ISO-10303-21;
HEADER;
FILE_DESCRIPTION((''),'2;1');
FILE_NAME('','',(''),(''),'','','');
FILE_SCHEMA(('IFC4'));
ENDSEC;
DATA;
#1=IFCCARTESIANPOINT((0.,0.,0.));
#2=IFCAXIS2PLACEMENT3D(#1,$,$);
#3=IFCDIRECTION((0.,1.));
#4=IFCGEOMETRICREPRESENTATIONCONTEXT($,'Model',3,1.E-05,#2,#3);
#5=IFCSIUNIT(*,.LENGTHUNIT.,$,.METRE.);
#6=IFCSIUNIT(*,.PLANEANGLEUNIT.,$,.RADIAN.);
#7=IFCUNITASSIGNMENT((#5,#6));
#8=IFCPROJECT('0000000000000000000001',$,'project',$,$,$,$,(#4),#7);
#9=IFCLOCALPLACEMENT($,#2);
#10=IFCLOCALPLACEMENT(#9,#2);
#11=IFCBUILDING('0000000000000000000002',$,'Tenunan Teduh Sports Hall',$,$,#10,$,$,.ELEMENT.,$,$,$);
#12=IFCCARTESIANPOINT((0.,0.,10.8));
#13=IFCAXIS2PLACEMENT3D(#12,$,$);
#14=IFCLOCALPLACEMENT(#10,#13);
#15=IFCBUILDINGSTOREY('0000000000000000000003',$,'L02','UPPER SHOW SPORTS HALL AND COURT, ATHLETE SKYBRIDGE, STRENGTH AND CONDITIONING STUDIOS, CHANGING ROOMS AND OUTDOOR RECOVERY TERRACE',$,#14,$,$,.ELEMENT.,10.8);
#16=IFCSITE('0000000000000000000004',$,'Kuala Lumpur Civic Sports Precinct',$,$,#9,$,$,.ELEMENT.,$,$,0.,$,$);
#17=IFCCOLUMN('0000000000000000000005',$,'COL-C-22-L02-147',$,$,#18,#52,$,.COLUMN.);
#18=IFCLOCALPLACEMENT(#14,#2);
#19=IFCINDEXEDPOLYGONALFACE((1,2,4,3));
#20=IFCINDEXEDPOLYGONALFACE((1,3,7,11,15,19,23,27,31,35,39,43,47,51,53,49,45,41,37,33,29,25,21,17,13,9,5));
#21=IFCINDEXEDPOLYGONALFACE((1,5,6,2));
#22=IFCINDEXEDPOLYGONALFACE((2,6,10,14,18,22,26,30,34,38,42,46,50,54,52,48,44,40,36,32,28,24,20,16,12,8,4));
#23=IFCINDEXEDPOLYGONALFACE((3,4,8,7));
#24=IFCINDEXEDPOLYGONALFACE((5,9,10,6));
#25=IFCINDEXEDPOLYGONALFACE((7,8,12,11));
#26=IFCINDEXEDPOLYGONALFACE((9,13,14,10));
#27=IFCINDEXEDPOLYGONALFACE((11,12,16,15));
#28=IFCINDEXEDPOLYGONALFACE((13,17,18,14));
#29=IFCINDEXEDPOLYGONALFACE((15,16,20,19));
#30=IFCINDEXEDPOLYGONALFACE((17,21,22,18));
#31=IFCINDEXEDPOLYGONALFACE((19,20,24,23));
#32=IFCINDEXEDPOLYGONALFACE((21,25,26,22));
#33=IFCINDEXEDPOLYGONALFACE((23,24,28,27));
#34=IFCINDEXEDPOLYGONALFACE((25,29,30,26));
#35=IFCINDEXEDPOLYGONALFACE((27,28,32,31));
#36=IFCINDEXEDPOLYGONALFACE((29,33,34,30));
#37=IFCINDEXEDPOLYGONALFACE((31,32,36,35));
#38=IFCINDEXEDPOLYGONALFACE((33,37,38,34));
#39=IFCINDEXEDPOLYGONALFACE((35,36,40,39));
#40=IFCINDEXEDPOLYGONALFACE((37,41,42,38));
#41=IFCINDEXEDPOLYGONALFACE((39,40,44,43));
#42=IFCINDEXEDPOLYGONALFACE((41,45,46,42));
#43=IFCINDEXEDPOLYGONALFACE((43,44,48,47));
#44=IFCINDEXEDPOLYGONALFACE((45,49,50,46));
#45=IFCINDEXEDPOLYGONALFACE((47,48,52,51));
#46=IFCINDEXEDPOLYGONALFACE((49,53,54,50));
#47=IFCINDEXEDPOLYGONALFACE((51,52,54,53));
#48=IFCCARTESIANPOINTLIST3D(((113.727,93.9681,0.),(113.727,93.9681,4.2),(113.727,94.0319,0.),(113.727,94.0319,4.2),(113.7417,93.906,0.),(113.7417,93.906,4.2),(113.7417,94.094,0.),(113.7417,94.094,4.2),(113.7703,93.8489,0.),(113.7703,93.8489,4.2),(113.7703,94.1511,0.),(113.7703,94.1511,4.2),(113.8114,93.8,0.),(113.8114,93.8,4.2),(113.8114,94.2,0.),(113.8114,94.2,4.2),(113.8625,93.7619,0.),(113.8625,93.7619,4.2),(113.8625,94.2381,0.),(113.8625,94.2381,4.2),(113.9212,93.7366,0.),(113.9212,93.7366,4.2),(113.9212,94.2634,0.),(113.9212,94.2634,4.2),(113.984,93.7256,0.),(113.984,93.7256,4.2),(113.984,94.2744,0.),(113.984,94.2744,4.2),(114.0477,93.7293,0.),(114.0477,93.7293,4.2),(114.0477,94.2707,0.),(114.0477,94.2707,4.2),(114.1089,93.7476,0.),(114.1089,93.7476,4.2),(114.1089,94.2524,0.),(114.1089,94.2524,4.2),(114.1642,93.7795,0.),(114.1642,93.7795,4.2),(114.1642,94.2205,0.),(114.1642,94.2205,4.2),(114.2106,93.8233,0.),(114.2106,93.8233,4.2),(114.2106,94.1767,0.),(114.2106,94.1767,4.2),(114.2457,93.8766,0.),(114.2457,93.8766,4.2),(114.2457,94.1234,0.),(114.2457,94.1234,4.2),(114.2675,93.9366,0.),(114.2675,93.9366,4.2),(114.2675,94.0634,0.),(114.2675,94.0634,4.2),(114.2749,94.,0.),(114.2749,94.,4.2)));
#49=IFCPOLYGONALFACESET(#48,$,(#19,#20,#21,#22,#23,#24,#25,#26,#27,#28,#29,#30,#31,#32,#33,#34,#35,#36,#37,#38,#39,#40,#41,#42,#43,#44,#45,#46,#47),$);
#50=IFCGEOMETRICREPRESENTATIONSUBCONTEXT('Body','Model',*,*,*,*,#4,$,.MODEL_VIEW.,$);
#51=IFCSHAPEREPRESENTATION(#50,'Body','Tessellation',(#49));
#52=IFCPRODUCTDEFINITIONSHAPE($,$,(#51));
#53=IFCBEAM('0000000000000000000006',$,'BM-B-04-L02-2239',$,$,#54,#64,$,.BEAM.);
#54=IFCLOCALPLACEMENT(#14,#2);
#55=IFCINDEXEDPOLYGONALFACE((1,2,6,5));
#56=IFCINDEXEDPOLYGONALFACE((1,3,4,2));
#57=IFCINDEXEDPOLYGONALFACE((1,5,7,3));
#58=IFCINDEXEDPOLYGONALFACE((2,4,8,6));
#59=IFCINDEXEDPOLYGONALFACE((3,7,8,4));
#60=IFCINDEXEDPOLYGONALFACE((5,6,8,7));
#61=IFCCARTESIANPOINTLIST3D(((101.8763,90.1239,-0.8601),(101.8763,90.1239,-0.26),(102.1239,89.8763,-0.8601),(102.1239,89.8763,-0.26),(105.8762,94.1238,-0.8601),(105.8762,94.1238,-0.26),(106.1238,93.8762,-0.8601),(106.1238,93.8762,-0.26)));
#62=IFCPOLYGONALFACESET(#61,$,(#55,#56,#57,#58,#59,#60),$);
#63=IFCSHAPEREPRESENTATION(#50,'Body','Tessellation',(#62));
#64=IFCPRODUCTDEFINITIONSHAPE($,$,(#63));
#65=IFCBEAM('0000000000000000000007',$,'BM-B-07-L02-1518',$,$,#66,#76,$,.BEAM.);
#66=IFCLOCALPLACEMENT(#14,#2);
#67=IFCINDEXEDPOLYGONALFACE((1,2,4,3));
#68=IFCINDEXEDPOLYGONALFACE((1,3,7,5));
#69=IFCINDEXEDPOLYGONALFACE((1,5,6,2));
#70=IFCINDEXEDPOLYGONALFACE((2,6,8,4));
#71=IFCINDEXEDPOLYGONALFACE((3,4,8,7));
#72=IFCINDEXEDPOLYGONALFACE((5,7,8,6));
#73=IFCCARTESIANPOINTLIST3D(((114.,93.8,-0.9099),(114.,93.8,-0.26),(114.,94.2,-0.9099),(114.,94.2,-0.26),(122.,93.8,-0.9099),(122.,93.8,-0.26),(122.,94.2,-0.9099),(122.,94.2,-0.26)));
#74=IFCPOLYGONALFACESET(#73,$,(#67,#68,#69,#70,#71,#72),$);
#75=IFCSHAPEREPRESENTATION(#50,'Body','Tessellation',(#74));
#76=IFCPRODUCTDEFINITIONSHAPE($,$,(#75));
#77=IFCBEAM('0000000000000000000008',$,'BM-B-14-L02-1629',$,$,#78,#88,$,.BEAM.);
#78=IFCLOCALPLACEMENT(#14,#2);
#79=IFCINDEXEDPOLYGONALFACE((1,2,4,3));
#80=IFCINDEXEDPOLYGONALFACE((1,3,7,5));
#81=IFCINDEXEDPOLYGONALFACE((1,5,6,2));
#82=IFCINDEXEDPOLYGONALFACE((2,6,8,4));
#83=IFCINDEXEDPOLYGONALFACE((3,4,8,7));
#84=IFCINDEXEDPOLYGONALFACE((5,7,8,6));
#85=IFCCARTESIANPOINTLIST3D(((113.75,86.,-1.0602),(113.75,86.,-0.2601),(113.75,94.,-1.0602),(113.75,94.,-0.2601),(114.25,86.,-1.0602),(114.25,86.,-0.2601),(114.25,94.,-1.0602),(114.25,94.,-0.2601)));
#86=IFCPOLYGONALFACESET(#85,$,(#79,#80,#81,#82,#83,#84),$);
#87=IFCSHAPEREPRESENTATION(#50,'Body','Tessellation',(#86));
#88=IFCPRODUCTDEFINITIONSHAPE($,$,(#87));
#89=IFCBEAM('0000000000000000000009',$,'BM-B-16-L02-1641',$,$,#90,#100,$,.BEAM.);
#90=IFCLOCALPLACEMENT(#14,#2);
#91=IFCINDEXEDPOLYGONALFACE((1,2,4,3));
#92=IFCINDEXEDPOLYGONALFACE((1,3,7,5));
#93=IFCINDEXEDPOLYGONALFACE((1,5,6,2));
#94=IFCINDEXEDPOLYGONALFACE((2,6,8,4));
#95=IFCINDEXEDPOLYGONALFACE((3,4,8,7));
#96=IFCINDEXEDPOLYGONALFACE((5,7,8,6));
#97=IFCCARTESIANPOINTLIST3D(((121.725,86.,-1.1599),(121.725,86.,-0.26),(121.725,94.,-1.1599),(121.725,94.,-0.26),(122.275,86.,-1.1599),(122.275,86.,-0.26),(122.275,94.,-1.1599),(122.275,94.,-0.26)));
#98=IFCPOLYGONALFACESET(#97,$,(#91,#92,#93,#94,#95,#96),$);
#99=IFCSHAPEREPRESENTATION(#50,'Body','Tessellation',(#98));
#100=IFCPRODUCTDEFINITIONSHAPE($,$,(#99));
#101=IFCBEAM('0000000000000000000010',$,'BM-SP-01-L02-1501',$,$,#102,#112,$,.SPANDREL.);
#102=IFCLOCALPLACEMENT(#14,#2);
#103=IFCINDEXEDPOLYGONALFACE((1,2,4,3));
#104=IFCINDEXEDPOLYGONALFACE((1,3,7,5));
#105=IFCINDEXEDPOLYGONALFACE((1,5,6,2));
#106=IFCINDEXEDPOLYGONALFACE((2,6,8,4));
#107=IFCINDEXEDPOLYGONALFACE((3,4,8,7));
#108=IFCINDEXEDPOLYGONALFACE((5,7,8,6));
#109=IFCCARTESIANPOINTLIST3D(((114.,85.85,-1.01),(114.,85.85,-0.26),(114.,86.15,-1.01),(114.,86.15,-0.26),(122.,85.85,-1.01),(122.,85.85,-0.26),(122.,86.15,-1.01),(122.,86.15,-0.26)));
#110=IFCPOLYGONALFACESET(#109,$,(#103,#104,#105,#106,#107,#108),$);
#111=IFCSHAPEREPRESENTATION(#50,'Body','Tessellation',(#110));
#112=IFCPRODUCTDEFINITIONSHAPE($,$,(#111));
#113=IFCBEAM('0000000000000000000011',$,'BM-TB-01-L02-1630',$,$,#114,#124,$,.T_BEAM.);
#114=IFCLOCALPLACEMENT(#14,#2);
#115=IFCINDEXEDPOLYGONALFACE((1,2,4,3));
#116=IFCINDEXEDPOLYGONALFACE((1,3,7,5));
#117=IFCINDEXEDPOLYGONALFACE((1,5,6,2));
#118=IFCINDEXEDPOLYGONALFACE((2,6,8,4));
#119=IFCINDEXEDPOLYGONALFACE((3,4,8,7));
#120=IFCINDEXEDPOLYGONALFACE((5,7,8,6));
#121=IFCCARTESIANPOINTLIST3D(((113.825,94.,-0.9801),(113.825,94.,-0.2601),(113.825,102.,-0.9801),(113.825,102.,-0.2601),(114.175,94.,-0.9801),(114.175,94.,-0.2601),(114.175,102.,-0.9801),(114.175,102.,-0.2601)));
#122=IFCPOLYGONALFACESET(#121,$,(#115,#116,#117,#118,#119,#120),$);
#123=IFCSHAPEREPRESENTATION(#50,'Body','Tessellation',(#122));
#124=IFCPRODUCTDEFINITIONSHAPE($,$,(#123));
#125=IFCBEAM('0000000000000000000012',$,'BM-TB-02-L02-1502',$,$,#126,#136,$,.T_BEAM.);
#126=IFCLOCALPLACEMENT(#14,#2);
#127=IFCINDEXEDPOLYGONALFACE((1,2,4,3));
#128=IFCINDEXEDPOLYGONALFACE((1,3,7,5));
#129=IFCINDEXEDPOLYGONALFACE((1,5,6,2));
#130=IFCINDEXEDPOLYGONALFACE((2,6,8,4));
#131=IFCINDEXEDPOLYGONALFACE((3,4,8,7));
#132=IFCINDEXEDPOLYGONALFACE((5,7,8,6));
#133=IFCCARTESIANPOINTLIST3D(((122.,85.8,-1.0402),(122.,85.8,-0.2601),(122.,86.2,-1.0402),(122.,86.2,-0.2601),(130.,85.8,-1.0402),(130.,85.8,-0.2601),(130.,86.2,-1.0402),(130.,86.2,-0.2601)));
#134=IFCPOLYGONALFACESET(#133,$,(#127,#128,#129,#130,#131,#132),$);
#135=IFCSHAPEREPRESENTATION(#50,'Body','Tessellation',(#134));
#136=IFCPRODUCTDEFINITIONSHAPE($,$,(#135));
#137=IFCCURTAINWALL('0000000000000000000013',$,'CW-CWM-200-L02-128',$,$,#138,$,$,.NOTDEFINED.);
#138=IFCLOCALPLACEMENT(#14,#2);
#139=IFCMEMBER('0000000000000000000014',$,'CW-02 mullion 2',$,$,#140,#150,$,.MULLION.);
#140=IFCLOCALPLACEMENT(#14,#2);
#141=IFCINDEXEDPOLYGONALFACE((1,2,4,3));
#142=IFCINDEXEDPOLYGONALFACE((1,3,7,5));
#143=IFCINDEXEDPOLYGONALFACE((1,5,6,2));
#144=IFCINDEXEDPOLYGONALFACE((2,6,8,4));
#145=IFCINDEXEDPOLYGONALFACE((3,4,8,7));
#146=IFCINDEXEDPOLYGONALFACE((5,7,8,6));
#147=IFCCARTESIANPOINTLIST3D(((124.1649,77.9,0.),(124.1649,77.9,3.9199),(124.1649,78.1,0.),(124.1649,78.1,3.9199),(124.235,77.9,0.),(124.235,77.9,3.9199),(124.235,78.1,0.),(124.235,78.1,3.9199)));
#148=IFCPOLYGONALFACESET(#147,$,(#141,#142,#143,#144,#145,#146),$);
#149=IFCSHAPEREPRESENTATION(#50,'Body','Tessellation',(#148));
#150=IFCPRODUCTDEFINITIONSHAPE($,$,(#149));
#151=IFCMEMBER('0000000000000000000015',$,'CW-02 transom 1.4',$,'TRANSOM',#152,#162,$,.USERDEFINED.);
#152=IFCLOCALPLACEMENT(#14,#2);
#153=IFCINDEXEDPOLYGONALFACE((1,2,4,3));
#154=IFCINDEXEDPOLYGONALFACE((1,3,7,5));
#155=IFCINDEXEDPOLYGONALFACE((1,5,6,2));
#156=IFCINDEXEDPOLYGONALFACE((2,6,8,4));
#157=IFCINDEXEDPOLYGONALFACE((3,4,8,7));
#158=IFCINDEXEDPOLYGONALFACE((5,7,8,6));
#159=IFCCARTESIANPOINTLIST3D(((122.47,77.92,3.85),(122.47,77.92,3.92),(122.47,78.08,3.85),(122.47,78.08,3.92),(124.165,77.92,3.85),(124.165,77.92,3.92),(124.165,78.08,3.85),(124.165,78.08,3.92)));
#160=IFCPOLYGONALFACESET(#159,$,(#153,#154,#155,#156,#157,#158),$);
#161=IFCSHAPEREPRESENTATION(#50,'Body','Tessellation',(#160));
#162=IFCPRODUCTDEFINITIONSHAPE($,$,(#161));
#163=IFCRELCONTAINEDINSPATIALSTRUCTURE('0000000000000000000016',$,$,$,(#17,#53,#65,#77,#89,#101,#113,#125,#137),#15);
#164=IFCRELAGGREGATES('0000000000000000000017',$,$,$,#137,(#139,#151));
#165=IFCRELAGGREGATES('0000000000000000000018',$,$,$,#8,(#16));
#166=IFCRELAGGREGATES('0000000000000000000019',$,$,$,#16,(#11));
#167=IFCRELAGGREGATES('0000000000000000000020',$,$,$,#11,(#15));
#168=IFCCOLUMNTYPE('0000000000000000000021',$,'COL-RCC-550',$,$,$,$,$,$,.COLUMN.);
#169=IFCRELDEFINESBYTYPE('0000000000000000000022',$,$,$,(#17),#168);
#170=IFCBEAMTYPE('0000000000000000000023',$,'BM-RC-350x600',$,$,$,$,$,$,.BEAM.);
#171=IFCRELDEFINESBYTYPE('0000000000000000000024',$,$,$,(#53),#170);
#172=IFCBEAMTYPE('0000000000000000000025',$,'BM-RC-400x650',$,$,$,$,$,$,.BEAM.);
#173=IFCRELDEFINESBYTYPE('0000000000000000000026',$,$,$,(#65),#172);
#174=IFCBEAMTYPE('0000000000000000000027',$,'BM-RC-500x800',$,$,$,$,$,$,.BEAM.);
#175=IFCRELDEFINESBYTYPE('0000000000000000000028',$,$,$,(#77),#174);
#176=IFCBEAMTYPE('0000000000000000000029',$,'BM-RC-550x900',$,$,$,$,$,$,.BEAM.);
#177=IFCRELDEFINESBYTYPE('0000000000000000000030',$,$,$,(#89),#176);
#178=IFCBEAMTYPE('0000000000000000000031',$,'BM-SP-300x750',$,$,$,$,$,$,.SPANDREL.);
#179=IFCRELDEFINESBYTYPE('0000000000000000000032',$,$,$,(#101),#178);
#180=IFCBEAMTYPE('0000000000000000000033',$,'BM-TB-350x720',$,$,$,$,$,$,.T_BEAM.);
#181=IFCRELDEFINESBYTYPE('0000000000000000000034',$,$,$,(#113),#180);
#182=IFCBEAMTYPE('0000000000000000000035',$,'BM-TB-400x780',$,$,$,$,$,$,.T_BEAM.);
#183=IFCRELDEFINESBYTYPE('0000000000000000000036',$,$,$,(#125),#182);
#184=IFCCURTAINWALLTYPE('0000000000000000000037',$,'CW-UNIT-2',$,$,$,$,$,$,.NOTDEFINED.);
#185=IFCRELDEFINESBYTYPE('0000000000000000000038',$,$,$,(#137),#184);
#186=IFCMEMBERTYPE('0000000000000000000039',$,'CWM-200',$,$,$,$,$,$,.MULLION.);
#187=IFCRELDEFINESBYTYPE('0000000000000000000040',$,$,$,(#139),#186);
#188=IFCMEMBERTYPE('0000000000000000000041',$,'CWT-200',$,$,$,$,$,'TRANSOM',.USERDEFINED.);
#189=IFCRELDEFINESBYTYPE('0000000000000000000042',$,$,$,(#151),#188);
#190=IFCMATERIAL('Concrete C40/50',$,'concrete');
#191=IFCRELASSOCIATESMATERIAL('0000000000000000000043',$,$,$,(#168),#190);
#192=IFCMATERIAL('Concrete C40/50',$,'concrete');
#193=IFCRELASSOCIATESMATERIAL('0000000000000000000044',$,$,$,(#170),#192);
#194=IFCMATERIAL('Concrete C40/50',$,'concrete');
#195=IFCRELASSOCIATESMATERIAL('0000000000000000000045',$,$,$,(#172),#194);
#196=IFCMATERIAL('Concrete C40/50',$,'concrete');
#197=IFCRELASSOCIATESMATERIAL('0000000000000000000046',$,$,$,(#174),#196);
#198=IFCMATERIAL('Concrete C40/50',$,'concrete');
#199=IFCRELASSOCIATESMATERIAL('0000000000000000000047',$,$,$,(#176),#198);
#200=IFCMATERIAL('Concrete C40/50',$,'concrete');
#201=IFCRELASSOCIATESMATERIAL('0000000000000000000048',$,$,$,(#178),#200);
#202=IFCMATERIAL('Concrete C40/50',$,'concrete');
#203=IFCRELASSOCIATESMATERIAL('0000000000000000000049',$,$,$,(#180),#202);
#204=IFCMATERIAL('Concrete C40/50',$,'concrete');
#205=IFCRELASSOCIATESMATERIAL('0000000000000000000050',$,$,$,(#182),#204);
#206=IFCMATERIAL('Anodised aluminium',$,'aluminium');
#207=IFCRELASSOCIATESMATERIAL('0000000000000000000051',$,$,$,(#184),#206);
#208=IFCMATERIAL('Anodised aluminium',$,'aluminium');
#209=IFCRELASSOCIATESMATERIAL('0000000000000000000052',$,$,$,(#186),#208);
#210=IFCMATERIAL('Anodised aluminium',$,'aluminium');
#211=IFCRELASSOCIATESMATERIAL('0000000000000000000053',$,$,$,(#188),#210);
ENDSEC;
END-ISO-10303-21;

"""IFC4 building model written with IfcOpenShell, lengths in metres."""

from ifc_helpers import new_model, si_unit, direction, frame, origin, origin_2d, place, context, subcontext, project, spatial, rectangle, circle, extrude, material, material_profile, profile_set, type_object, element, aggregate, save


model = new_model("IFC4")

# Units and contexts
model_context = context("Model", 3, precision=1e-05, world=origin(), true_north=direction((0.0, 1.0)))
body_context = subcontext(model_context, "Body", "Model", "MODEL_VIEW")
ifc_project = project(units=[si_unit("LENGTHUNIT", "METRE"), si_unit("PLANEANGLEUNIT", "RADIAN")], contexts=[model_context])

# Site, building, storey
site_placement = place(None, origin())
site = spatial("IfcSite", under=ifc_project, at=site_placement, Name="Kuala Lumpur Civic Sports Precinct", CompositionType="ELEMENT", RefElevation=0.0)
building_placement = place(site_placement, origin())
building = spatial("IfcBuilding", under=site, at=building_placement, Name="Tenunan Teduh Sports Hall", CompositionType="ELEMENT")
storey_placement = place(building_placement, frame((0.0, 0.0, 10.8)))
storey = spatial("IfcBuildingStorey", under=building, at=storey_placement, Name="L02", Description="UPPER SHOW SPORTS HALL AND COURT, ATHLETE SKYBRIDGE, STRENGTH AND CONDITIONING STUDIOS, CHANGING ROOMS AND OUTDOOR RECOVERY TERRACE", CompositionType="ELEMENT", Elevation=10.8)

# Column
ifc_material_1 = material(Name="Concrete C40/50", Category="concrete")
ifc_material_profile_1 = material_profile(ifc_material_1, circle(Radius=0.2749, at=origin_2d()), Name="RCC D550")
ifc_profile_set_1 = profile_set([ifc_material_profile_1], Name="Concrete C40/50")
column_type = type_object("IfcColumnType", Name="COL-RCC-550", PredefinedType="COLUMN", material=ifc_profile_set_1)
column_placement = place(storey_placement, frame((114.0, 94.0, 0.0), z_axis=(0.0, 0.0, 1.0), x_axis=(1.0, 0.0, 0.0)))
element("IfcColumn", 1, at=column_placement, inside=storey, type_object=column_type, Name="COL-C-22-L02-147", PredefinedType="COLUMN", context=body_context, shape_type="SweptSolid", body=[
    extrude(circle(Radius=0.2749, at=origin_2d()), origin(), (0.0, 0.0, 1.0), 4.2),
])

# Beams
ifc_material_2 = material(Name="Concrete C40/50", Category="concrete")
ifc_material_profile_2 = material_profile(ifc_material_2, rectangle(XDim=0.3501, YDim=0.6001, at=origin_2d()), Name="RCB 350x600")
ifc_profile_set_2 = profile_set([ifc_material_profile_2], Name="Concrete C40/50")
beam_type_1 = type_object("IfcBeamType", Name="BM-RC-350x600", PredefinedType="BEAM", material=ifc_profile_set_2)
beam_1_placement = place(storey_placement, frame((106.0, 94.0, -0.5601), z_axis=(-0.707107, -0.707107, 0.0), x_axis=(0.707107, -0.707107, 0.0)))
element("IfcBeam", 2, at=beam_1_placement, inside=storey, type_object=beam_type_1, Name="BM-B-04-L02-2239", PredefinedType="BEAM", context=body_context, shape_type="SweptSolid", body=[
    extrude(rectangle(XDim=0.3501, YDim=0.6001, at=origin_2d()), origin(), (0.0, 0.0, 1.0), 5.6567),
])
ifc_material_3 = material(Name="Concrete C40/50", Category="concrete")
ifc_material_profile_3 = material_profile(ifc_material_3, rectangle(XDim=0.3999, YDim=0.6499, at=origin_2d()), Name="RCB 400x650")
ifc_profile_set_3 = profile_set([ifc_material_profile_3], Name="Concrete C40/50")
beam_type_2 = type_object("IfcBeamType", Name="BM-RC-400x650", PredefinedType="BEAM", material=ifc_profile_set_3)
beam_2_placement = place(storey_placement, frame((114.0, 94.0, -0.585), z_axis=(1.0, 0.0, 0.0), x_axis=(0.0, 1.0, 0.0)))
element("IfcBeam", 3, at=beam_2_placement, inside=storey, type_object=beam_type_2, Name="BM-B-07-L02-1518", PredefinedType="BEAM", context=body_context, shape_type="SweptSolid", body=[
    extrude(rectangle(XDim=0.3999, YDim=0.6499, at=origin_2d()), origin(), (0.0, 0.0, 1.0), 8.0),
])
ifc_material_4 = material(Name="Concrete C40/50", Category="concrete")
ifc_material_profile_4 = material_profile(ifc_material_4, rectangle(XDim=0.5, YDim=0.8, at=origin_2d()), Name="RCB 500x800")
ifc_profile_set_4 = profile_set([ifc_material_profile_4], Name="Concrete C40/50")
beam_type_3 = type_object("IfcBeamType", Name="BM-RC-500x800", PredefinedType="BEAM", material=ifc_profile_set_4)
beam_3_placement = place(storey_placement, frame((114.0, 86.0, -0.6602), z_axis=(0.0, 1.0, 0.0), x_axis=(-1.0, 0.0, 0.0)))
element("IfcBeam", 4, at=beam_3_placement, inside=storey, type_object=beam_type_3, Name="BM-B-14-L02-1629", PredefinedType="BEAM", context=body_context, shape_type="SweptSolid", body=[
    extrude(rectangle(XDim=0.5, YDim=0.8, at=origin_2d()), origin(), (0.0, 0.0, 1.0), 8.0),
])
ifc_material_5 = material(Name="Concrete C40/50", Category="concrete")
ifc_material_profile_5 = material_profile(ifc_material_5, rectangle(XDim=0.55, YDim=0.8999, at=origin_2d()), Name="RCB 550x900")
ifc_profile_set_5 = profile_set([ifc_material_profile_5], Name="Concrete C40/50")
beam_type_4 = type_object("IfcBeamType", Name="BM-RC-550x900", PredefinedType="BEAM", material=ifc_profile_set_5)
beam_4_placement = place(storey_placement, frame((122.0, 86.0, -0.71), z_axis=(0.0, 1.0, 0.0), x_axis=(-1.0, 0.0, 0.0)))
element("IfcBeam", 5, at=beam_4_placement, inside=storey, type_object=beam_type_4, Name="BM-B-16-L02-1641", PredefinedType="BEAM", context=body_context, shape_type="SweptSolid", body=[
    extrude(rectangle(XDim=0.55, YDim=0.8999, at=origin_2d()), origin(), (0.0, 0.0, 1.0), 8.0),
])
ifc_material_6 = material(Name="Concrete C40/50", Category="concrete")
ifc_material_profile_6 = material_profile(ifc_material_6, rectangle(XDim=0.3, YDim=0.75, at=origin_2d()), Name="SPB 300x750")
ifc_profile_set_6 = profile_set([ifc_material_profile_6], Name="Concrete C40/50")
beam_type_5 = type_object("IfcBeamType", Name="BM-SP-300x750", PredefinedType="SPANDREL", material=ifc_profile_set_6)
beam_5_placement = place(storey_placement, frame((114.0, 86.0, -0.635), z_axis=(1.0, 0.0, 0.0), x_axis=(0.0, 1.0, 0.0)))
element("IfcBeam", 6, at=beam_5_placement, inside=storey, type_object=beam_type_5, Name="BM-SP-01-L02-1501", PredefinedType="SPANDREL", context=body_context, shape_type="SweptSolid", body=[
    extrude(rectangle(XDim=0.3, YDim=0.75, at=origin_2d()), origin(), (0.0, 0.0, 1.0), 8.0),
])
ifc_material_7 = material(Name="Concrete C40/50", Category="concrete")
ifc_material_profile_7 = material_profile(ifc_material_7, rectangle(XDim=0.3501, YDim=0.72, at=origin_2d()), Name="TB 350x720")
ifc_profile_set_7 = profile_set([ifc_material_profile_7], Name="Concrete C40/50")
beam_type_6 = type_object("IfcBeamType", Name="BM-TB-350x720", PredefinedType="T_BEAM", material=ifc_profile_set_7)
beam_6_placement = place(storey_placement, frame((114.0, 94.0, -0.6201), z_axis=(0.0, 1.0, 0.0), x_axis=(-1.0, 0.0, 0.0)))
element("IfcBeam", 7, at=beam_6_placement, inside=storey, type_object=beam_type_6, Name="BM-TB-01-L02-1630", PredefinedType="T_BEAM", context=body_context, shape_type="SweptSolid", body=[
    extrude(rectangle(XDim=0.3501, YDim=0.72, at=origin_2d()), origin(), (0.0, 0.0, 1.0), 8.0),
])
ifc_material_8 = material(Name="Concrete C40/50", Category="concrete")
ifc_material_profile_8 = material_profile(ifc_material_8, rectangle(XDim=0.3999, YDim=0.78, at=origin_2d()), Name="TB 400x780")
ifc_profile_set_8 = profile_set([ifc_material_profile_8], Name="Concrete C40/50")
beam_type_7 = type_object("IfcBeamType", Name="BM-TB-400x780", PredefinedType="T_BEAM", material=ifc_profile_set_8)
beam_7_placement = place(storey_placement, frame((122.0, 86.0, -0.6501), z_axis=(1.0, 0.0, 0.0), x_axis=(0.0, 1.0, 0.0)))
element("IfcBeam", 8, at=beam_7_placement, inside=storey, type_object=beam_type_7, Name="BM-TB-02-L02-1502", PredefinedType="T_BEAM", context=body_context, shape_type="SweptSolid", body=[
    extrude(rectangle(XDim=0.3999, YDim=0.78, at=origin_2d()), origin(), (0.0, 0.0, 1.0), 8.0),
])

# Curtain wall, members
ifc_material_9 = material(Name="Anodised aluminium", Category="aluminium")
curtain_wall_type = type_object("IfcCurtainWallType", Name="CW-UNIT-2", PredefinedType="NOTDEFINED", material=ifc_material_9)
curtain_wall_placement = place(storey_placement, origin())
curtain_wall = element("IfcCurtainWall", 9, at=curtain_wall_placement, inside=storey, type_object=curtain_wall_type, Name="CW-CWM-200-L02-128", PredefinedType="NOTDEFINED")
ifc_material_10 = material(Name="Anodised aluminium", Category="aluminium")
ifc_material_profile_9 = material_profile(ifc_material_10, rectangle(XDim=0.0701, YDim=0.2, at=origin_2d()), Name="CWM 70x200")
ifc_profile_set_9 = profile_set([ifc_material_profile_9], Name="Anodised aluminium")
member_type_1 = type_object("IfcMemberType", Name="CWM-200", PredefinedType="MULLION", material=ifc_profile_set_9)
member_1_placement = place(storey_placement, frame((124.2, 78.0, 0.0), z_axis=(0.0, 0.0, 1.0), x_axis=(1.0, 0.0, 0.0)))
member_1 = element("IfcMember", 10, at=member_1_placement, type_object=member_type_1, Name="CW-02 mullion 2", PredefinedType="MULLION", context=body_context, shape_type="SweptSolid", body=[
    extrude(rectangle(XDim=0.0701, YDim=0.2, at=origin_2d()), origin(), (0.0, 0.0, 1.0), 3.9199),
])
ifc_material_11 = material(Name="Anodised aluminium", Category="aluminium")
ifc_material_profile_10 = material_profile(ifc_material_11, rectangle(XDim=0.0701, YDim=0.1599, at=origin_2d()), Name="CWT 70x160")
ifc_profile_set_10 = profile_set([ifc_material_profile_10], Name="Anodised aluminium")
member_type_2 = type_object("IfcMemberType", Name="CWT-200", ElementType="TRANSOM", PredefinedType="USERDEFINED", material=ifc_profile_set_10)
member_2_placement = place(storey_placement, frame((122.47, 78.0, 3.885), z_axis=(1.0, 0.0, 0.0), x_axis=(0.0, 0.0, 1.0)))
member_2 = element("IfcMember", 11, at=member_2_placement, type_object=member_type_2, Name="CW-02 transom 1.4", ObjectType="TRANSOM", PredefinedType="USERDEFINED", context=body_context, shape_type="SweptSolid", body=[
    extrude(rectangle(XDim=0.0701, YDim=0.1599, at=origin_2d()), origin(), (0.0, 0.0, 1.0), 1.6951),
])

aggregate(curtain_wall, [member_1, member_2])

save(model, "model.ifc")
